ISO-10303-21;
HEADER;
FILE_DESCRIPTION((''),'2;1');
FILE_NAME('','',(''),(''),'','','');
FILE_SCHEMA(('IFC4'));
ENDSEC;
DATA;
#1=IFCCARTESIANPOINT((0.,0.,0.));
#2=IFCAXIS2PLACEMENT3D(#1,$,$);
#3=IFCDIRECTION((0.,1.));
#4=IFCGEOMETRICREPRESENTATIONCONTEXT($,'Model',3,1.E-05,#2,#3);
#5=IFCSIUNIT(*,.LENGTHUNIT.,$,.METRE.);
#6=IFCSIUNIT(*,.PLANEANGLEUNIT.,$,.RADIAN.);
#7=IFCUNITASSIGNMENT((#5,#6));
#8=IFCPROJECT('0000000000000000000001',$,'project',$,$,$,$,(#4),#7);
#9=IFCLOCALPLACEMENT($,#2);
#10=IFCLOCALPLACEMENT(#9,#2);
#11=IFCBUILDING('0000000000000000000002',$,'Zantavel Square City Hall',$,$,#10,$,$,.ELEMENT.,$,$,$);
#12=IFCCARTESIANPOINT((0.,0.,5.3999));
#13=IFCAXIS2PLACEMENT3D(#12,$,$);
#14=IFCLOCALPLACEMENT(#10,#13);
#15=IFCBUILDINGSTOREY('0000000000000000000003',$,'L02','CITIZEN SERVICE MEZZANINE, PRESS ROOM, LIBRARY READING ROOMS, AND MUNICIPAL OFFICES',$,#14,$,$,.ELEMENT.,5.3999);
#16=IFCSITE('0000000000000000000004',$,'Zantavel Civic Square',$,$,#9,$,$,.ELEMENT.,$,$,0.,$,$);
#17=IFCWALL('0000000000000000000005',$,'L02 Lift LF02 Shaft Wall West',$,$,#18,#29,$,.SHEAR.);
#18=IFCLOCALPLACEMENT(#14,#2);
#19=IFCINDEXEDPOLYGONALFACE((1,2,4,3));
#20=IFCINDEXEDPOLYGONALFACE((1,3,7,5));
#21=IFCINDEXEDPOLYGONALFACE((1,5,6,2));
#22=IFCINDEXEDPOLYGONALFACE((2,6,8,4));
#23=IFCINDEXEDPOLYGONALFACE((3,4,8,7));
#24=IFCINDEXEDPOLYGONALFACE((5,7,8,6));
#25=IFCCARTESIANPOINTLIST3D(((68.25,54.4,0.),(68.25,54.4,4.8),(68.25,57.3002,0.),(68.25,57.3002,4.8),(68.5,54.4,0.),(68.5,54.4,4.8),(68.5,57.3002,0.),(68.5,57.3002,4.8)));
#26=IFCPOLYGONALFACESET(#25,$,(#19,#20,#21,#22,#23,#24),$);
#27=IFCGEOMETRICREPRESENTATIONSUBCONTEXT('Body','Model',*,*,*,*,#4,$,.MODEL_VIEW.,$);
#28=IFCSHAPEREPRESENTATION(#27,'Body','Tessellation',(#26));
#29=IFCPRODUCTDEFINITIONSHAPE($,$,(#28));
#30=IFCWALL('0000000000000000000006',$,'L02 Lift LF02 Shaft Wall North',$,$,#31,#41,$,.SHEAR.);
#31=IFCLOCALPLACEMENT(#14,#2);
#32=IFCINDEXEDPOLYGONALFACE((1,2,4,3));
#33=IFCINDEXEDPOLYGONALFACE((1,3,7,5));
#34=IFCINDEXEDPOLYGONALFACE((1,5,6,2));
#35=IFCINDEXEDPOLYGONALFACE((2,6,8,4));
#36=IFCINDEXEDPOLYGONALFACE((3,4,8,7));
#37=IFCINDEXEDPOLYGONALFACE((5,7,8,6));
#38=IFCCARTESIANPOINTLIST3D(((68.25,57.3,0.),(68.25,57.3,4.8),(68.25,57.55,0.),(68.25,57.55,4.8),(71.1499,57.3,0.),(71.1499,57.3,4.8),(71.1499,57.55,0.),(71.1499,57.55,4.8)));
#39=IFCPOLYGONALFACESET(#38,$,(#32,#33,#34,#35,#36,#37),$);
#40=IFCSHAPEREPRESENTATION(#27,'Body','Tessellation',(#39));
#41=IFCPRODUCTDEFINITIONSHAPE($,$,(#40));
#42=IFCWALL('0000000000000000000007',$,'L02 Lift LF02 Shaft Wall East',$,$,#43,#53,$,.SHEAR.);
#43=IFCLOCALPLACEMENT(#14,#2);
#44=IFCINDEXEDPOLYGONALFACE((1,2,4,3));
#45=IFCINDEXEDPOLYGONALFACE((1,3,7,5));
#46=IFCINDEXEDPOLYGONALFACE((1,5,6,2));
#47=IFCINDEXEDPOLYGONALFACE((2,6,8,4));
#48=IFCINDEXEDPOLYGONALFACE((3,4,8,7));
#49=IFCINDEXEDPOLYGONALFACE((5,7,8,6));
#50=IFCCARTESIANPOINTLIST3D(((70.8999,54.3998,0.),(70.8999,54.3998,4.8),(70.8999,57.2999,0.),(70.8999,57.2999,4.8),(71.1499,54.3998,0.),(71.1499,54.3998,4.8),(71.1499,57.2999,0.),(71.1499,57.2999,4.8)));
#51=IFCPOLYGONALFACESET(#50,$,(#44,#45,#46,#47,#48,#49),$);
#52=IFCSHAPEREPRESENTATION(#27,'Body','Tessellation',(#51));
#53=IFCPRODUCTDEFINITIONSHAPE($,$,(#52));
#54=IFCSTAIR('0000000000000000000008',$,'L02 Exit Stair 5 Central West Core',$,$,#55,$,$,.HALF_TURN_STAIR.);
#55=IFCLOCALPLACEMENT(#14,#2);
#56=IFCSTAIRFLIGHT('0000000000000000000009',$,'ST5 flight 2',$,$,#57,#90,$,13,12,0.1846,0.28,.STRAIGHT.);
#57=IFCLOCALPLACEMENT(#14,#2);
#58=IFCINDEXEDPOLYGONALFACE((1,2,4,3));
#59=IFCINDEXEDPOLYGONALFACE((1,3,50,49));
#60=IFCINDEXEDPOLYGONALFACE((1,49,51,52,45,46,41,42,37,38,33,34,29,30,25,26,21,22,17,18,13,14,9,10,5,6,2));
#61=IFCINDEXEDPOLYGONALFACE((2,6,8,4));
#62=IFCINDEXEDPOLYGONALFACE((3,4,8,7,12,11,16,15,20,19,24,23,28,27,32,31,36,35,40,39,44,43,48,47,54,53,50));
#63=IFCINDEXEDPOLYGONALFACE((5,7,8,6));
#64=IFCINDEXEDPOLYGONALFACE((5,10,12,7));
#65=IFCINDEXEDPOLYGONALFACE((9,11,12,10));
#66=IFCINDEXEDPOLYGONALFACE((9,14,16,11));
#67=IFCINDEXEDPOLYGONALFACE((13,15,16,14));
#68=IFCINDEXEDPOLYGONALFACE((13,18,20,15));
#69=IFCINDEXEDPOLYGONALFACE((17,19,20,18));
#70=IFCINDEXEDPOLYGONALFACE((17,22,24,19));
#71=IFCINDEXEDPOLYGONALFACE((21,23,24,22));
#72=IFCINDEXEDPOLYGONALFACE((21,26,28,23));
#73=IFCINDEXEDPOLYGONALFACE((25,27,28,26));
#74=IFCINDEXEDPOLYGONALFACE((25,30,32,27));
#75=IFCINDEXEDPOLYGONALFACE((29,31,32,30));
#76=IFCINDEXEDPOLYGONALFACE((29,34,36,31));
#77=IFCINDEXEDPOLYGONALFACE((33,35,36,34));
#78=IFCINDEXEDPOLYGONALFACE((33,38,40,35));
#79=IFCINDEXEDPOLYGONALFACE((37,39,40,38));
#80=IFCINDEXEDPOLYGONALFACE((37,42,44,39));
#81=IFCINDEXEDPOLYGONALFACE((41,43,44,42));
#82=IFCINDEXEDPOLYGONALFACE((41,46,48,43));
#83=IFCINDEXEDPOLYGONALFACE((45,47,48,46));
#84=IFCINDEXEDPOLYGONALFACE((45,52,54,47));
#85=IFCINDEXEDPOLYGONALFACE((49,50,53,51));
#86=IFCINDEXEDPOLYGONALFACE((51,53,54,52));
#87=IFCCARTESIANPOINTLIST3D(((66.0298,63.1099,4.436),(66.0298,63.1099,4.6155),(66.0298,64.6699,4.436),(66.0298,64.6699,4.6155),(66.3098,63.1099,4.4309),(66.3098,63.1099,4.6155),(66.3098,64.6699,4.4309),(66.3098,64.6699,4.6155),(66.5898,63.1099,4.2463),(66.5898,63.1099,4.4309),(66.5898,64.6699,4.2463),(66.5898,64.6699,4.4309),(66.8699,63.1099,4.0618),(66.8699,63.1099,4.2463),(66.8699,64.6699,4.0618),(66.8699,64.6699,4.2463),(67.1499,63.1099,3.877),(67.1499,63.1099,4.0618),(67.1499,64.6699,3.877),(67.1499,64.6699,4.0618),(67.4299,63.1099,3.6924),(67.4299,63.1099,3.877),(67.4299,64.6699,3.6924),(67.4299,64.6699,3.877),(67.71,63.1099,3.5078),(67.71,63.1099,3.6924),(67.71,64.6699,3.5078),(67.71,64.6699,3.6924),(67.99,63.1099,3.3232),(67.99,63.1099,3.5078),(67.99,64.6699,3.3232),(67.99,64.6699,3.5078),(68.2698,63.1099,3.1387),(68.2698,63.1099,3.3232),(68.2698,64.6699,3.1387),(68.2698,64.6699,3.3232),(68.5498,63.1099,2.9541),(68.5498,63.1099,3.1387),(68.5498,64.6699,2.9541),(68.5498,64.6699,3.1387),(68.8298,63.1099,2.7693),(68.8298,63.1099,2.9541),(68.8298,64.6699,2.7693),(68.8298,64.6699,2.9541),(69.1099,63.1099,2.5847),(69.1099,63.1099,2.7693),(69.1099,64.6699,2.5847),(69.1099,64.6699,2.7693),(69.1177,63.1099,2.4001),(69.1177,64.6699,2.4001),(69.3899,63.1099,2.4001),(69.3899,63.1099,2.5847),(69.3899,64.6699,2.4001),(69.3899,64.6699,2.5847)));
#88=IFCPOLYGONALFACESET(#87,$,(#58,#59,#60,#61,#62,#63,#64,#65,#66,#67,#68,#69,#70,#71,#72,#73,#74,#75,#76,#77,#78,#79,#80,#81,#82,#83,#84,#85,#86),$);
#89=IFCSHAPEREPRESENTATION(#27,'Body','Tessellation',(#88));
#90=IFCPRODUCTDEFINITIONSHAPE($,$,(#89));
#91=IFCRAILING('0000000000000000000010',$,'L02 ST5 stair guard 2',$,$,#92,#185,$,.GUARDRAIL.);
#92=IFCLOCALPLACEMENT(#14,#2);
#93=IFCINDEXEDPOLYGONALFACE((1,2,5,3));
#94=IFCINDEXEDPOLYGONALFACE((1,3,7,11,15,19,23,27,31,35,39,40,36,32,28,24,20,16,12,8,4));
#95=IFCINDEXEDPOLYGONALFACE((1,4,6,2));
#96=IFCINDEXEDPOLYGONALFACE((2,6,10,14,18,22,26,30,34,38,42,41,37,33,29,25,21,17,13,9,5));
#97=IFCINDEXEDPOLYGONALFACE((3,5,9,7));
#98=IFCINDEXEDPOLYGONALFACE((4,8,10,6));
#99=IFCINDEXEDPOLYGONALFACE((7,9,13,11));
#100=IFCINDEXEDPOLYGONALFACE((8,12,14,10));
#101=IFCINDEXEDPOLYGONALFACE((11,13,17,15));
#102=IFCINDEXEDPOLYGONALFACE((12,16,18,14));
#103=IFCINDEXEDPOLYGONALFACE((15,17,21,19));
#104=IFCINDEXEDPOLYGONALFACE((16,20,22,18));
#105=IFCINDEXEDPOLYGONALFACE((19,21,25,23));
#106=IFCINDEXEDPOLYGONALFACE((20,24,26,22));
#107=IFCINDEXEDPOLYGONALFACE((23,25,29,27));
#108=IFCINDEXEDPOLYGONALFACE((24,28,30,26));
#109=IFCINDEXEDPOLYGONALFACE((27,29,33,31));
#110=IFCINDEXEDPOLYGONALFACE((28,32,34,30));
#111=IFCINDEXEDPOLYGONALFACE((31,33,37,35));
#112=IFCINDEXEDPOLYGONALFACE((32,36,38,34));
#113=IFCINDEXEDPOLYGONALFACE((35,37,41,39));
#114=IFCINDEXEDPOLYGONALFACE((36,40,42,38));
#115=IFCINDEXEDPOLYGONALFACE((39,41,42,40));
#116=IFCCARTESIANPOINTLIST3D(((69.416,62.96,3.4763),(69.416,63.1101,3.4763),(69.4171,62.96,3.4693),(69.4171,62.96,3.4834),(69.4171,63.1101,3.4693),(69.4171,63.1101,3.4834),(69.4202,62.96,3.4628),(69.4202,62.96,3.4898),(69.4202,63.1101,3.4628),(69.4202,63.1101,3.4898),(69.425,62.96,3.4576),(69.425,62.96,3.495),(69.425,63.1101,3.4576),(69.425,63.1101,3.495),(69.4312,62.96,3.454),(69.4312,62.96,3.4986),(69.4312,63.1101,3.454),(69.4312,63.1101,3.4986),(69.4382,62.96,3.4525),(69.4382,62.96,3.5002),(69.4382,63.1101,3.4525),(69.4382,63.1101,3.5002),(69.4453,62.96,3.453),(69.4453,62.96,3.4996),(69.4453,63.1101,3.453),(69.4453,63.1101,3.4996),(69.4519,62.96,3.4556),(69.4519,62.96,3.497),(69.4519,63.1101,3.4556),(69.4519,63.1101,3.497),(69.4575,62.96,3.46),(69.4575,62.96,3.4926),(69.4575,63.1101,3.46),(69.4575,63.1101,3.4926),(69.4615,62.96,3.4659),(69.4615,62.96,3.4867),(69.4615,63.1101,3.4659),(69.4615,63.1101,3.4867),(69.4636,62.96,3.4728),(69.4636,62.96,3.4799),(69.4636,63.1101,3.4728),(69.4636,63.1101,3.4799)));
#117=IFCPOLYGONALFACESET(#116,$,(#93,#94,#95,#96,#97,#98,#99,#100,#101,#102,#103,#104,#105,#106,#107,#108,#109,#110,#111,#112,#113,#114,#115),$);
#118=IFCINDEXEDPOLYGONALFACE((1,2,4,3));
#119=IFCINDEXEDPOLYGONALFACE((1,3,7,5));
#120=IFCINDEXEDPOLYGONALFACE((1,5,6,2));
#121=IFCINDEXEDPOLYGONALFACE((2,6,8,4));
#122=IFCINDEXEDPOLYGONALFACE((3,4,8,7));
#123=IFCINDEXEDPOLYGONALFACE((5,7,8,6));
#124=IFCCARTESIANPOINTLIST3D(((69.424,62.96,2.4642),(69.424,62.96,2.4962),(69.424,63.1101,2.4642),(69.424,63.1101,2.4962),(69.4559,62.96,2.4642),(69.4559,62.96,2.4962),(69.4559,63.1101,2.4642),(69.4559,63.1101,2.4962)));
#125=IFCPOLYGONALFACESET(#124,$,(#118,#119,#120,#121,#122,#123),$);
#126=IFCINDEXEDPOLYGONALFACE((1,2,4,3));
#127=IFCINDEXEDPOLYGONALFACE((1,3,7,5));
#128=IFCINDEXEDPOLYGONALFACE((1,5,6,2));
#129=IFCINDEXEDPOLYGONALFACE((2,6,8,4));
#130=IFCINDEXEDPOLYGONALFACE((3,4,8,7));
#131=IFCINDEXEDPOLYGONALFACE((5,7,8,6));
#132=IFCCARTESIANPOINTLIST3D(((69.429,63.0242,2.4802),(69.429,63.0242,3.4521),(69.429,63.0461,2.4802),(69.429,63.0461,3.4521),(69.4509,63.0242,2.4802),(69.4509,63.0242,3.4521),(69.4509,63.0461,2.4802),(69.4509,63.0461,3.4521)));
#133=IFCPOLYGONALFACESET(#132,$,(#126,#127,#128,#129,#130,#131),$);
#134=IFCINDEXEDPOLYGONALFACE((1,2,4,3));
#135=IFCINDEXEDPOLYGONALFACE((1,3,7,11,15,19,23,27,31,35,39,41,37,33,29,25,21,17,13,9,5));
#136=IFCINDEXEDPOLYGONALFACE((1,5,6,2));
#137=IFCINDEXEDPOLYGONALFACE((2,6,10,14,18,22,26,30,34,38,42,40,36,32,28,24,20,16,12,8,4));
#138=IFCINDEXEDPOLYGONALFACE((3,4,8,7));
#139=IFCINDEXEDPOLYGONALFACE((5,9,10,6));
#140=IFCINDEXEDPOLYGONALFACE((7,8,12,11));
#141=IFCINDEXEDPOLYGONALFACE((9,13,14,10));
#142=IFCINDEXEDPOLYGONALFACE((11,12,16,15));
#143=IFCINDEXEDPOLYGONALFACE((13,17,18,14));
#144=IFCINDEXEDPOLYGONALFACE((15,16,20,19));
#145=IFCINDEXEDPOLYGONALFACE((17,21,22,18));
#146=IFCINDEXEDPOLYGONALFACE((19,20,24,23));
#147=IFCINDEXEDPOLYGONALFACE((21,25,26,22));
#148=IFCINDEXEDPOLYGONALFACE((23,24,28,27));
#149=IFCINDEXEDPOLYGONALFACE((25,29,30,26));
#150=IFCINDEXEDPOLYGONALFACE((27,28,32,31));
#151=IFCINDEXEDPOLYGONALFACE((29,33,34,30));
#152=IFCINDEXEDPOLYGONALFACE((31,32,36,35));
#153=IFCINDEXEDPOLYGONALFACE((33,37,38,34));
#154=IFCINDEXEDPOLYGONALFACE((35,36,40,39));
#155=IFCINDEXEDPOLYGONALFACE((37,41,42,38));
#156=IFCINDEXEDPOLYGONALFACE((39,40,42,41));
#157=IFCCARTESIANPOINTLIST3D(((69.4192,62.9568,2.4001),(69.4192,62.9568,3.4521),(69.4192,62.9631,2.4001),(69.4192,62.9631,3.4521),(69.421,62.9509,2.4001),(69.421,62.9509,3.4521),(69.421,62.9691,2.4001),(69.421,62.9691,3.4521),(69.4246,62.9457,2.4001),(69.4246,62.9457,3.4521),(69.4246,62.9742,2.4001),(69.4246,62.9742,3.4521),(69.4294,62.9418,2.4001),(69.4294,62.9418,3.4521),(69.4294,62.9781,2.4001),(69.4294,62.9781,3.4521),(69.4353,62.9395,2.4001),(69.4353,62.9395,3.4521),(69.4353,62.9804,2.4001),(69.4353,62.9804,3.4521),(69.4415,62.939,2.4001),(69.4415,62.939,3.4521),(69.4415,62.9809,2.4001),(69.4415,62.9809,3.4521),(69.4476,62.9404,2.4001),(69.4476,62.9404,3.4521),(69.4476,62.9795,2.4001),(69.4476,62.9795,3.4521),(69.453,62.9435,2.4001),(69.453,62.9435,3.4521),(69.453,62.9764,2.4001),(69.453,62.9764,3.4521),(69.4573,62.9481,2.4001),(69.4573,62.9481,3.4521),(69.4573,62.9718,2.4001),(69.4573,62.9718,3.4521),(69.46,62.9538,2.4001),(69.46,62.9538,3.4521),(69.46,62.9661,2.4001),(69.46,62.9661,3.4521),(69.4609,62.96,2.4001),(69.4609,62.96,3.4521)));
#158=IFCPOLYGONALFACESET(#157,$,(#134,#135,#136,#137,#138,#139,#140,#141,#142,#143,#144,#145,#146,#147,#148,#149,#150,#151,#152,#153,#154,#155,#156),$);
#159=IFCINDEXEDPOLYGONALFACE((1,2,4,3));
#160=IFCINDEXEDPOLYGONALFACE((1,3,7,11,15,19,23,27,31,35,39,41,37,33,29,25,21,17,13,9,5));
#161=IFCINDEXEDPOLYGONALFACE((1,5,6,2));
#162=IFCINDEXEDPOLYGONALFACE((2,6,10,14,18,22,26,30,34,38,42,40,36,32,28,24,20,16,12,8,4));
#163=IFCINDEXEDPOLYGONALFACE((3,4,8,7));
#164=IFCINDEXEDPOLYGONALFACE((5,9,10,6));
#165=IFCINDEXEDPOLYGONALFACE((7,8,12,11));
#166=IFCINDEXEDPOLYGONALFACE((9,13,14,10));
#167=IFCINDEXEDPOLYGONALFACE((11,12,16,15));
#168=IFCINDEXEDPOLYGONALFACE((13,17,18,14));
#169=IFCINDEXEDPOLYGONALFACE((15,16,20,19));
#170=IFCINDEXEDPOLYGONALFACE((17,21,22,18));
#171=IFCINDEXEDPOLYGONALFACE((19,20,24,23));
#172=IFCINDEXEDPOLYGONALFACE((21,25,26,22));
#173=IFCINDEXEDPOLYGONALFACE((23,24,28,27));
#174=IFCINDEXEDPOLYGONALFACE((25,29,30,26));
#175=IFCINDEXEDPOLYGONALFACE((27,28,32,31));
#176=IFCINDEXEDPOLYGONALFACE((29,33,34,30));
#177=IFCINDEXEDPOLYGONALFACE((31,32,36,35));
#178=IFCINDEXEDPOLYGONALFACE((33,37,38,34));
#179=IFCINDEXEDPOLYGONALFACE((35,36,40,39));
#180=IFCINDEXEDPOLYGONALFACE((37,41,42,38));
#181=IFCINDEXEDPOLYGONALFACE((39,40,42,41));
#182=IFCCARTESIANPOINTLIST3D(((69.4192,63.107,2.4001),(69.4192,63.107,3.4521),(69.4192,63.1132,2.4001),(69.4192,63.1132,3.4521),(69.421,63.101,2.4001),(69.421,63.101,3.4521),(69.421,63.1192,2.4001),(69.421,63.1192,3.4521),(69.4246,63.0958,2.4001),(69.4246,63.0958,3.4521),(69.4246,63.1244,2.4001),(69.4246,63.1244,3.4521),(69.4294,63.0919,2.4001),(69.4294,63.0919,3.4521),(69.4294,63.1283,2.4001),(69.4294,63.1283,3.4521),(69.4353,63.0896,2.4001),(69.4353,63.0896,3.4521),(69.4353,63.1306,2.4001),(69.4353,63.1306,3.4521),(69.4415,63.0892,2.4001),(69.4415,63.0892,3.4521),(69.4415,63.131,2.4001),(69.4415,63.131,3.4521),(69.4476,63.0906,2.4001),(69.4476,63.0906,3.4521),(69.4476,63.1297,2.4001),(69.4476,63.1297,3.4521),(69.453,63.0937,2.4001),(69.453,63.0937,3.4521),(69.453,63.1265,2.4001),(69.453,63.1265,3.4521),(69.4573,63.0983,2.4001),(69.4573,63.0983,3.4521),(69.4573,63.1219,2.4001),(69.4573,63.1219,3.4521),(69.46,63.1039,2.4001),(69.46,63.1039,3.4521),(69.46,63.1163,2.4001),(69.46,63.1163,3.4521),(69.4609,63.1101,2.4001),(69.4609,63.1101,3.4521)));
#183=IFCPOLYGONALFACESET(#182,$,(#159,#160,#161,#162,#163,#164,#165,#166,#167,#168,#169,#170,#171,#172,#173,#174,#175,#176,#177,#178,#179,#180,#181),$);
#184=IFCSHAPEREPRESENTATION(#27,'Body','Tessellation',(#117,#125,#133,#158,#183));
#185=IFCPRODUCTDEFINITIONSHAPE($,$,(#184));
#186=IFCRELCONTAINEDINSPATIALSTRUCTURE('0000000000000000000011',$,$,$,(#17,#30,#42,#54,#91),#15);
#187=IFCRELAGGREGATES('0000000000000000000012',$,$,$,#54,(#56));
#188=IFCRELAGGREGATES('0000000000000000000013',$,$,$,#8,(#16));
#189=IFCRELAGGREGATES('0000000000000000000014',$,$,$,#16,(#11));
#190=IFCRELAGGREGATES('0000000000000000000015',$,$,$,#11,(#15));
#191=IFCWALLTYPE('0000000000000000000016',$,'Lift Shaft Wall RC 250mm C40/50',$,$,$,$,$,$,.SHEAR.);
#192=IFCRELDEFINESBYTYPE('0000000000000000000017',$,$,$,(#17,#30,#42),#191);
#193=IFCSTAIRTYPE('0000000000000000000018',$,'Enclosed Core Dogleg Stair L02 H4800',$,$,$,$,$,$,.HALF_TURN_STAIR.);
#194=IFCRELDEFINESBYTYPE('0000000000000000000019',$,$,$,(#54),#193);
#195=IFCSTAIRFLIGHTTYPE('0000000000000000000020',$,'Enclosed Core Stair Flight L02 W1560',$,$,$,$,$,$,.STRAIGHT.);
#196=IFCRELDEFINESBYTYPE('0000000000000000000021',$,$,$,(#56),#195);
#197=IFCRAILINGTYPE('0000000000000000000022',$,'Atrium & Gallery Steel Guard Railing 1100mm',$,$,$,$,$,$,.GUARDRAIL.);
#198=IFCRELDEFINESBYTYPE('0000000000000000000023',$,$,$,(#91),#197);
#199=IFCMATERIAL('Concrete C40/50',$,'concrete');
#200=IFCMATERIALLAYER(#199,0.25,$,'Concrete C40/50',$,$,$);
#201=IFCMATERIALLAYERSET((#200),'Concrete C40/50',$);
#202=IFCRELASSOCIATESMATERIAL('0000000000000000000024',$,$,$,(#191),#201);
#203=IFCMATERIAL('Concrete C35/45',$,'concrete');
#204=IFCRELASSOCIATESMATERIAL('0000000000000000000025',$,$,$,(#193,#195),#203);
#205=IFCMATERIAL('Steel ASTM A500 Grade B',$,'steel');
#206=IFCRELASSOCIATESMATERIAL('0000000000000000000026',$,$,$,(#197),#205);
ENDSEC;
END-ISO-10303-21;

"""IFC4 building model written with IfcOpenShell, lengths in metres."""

from ifc_helpers import new_model, si_unit, direction, frame, frame_2d, origin, origin_2d, place, context, subcontext, project, spatial, polyline, rectangle, circle, outline, extrude, material, layer, layer_set, type_object, element, aggregate, save


model = new_model("IFC4")

# Units and contexts
model_context = context("Model", 3, precision=1e-05, world=origin(), true_north=direction((0.0, 1.0)))
body_context = subcontext(model_context, "Body", "Model", "MODEL_VIEW")
ifc_project = project(units=[si_unit("LENGTHUNIT", "METRE"), si_unit("PLANEANGLEUNIT", "RADIAN")], contexts=[model_context])

# Site, building, storey
site_placement = place(None, origin())
site = spatial("IfcSite", under=ifc_project, at=site_placement, Name="Zantavel Civic Square", CompositionType="ELEMENT", RefElevation=0.0)
building_placement = place(site_placement, origin())
building = spatial("IfcBuilding", under=site, at=building_placement, Name="Zantavel Square City Hall", CompositionType="ELEMENT")
storey_placement = place(building_placement, frame((0.0, 0.0, 5.3999)))
storey = spatial("IfcBuildingStorey", under=building, at=storey_placement, Name="L02", Description="CITIZEN SERVICE MEZZANINE, PRESS ROOM, LIBRARY READING ROOMS, AND MUNICIPAL OFFICES", CompositionType="ELEMENT", Elevation=5.3999)

# Shared definitions
ifc_material_1 = material(Name="Concrete C40/50", Category="concrete")

# Shared definitions
ifc_material_2 = material(Name="Concrete C35/45", Category="concrete")

# Shared definitions
ifc_material_3 = material(Name="Steel ASTM A500 Grade B", Category="steel")

# Shared definitions
ifc_layer_1 = layer(ifc_material_1, 0.25, Name="Concrete C40/50")
ifc_layer_set_1 = layer_set([ifc_layer_1], Name="Concrete C40/50")
wall_type_1 = type_object("IfcWallType", Name="Lift Shaft Wall RC 250mm C40/50", PredefinedType="SHEAR", material=ifc_layer_set_1)

# Walls
wall_1_placement = place(storey_placement, frame((68.375, 54.3999, 0.0), z_axis=(0.0, 0.0, 1.0), x_axis=(0.0, 1.0, 0.0)))
element("IfcWall", 1, at=wall_1_placement, inside=storey, type_object=wall_type_1, Name="L02 Lift LF02 Shaft Wall West", PredefinedType="SHEAR", context=body_context, shape_type="SweptSolid", body=[
    extrude(rectangle(XDim=2.9001, YDim=0.25, at=frame_2d((1.4502, 0.0))), origin(), (0.0, 0.0, 1.0), 4.8),
])
wall_2_placement = place(storey_placement, frame((68.25, 57.425, 0.0), z_axis=(0.0, 0.0, 1.0), x_axis=(1.0, 0.0, 0.0)))
element("IfcWall", 2, at=wall_2_placement, inside=storey, type_object=wall_type_1, Name="L02 Lift LF02 Shaft Wall North", PredefinedType="SHEAR", context=body_context, shape_type="SweptSolid", body=[
    extrude(rectangle(XDim=2.8999, YDim=0.25, at=frame_2d((1.45, 0.0))), origin(), (0.0, 0.0, 1.0), 4.8),
])
wall_3_placement = place(storey_placement, frame((71.0249, 57.3, 0.0), z_axis=(0.0, 0.0, 1.0), x_axis=(0.0, -1.0, 0.0)))
element("IfcWall", 3, at=wall_3_placement, inside=storey, type_object=wall_type_1, Name="L02 Lift LF02 Shaft Wall East", PredefinedType="SHEAR", context=body_context, shape_type="SweptSolid", body=[
    extrude(rectangle(XDim=2.9001, YDim=0.25, at=frame_2d((1.4502, 0.0))), origin(), (0.0, 0.0, 1.0), 4.8),
])

# Stair, stair flight
stair_type = type_object("IfcStairType", Name="Enclosed Core Dogleg Stair L02 H4800", PredefinedType="HALF_TURN_STAIR", material=ifc_material_2)
stair_placement = place(storey_placement, origin())
stair = element("IfcStair", 4, at=stair_placement, inside=storey, type_object=stair_type, Name="L02 Exit Stair 5 Central West Core", PredefinedType="HALF_TURN_STAIR")
stair_flight_type = type_object("IfcStairFlightType", Name="Enclosed Core Stair Flight L02 W1560", PredefinedType="STRAIGHT", material=ifc_material_2)
stair_flight_placement = place(storey_placement, frame((69.3899, 63.8899, 2.4001), z_axis=(0.0, 0.0, 1.0), x_axis=(-1.0, 0.0, 0.0)))
stair_flight = element("IfcStairFlight", 5, at=stair_flight_placement, type_object=stair_flight_type, Name="ST5 flight 2", NumberOfRisers=13, NumberOfTreads=12, PredefinedType="STRAIGHT", RiserHeight=0.1846, TreadLength=0.28, context=body_context, shape_type="SweptSolid", body=[
    extrude(outline(polyline([(0.0, 0.0), (0.0, 0.1846), (0.28, 0.1846), (0.28, 0.3691), (0.5601, 0.3691), (0.5601, 0.554), (0.8401, 0.554), (0.8401, 0.7385), (1.1201, 0.7385), (1.1201, 0.9231), (1.3999, 0.9231), (1.3999, 1.1077), (1.6799, 1.1077), (1.6799, 1.2922), (1.96, 1.2922), (1.96, 1.4768), (2.24, 1.4768), (2.24, 1.6616), (2.52, 1.6616), (2.52, 1.8462), (2.8, 1.8462), (2.8, 2.0308), (3.0801, 2.0308), (3.0801, 2.2153), (3.3601, 2.2153), (3.3601, 2.3999), (3.3601, 2.0359), (0.2722, 0.0), (0.0, 0.0)])), frame((0.0, 0.78, 0.0), z_axis=(0.0, -1.0, 0.0), x_axis=(1.0, 0.0, 0.0)), (0.0, 0.0, 1.0), 1.5601),
])
aggregate(stair, [stair_flight])

# Railing
railing_type_1 = type_object("IfcRailingType", Name="Atrium & Gallery Steel Guard Railing 1100mm", PredefinedType="GUARDRAIL", material=ifc_material_3)
railing_1_placement = place(storey_placement, frame((69.4399, 62.96, 2.4001)))
element("IfcRailing", 6, at=railing_1_placement, inside=storey, type_object=railing_type_1, Name="L02 ST5 stair guard 2", PredefinedType="GUARDRAIL", context=body_context, shape_type="SweptSolid", body=[
    extrude(circle(Radius=0.0239, at=origin_2d()), frame((0.0, 0.0, 1.0762), z_axis=(0.0, 1.0, 0.0), x_axis=(-1.0, 0.0, 0.0)), (0.0, 0.0, 1.0), 0.1501),
    extrude(rectangle(XDim=0.032, YDim=0.032, at=origin_2d()), frame((0.0, 0.0, 0.0801), z_axis=(0.0, 1.0, 0.0), x_axis=(-1.0, 0.0, 0.0)), (0.0, 0.0, 1.0), 0.1501),
    extrude(rectangle(XDim=0.022, YDim=0.022, at=origin_2d()), frame((0.0, 0.0752, 0.0801)), (0.0, 0.0, 1.0), 0.9719),
    extrude(circle(Radius=0.021, at=origin_2d()), origin(), (0.0, 0.0, 1.0), 1.052),
    extrude(circle(Radius=0.021, at=origin_2d()), frame((0.0, 0.1501, 0.0)), (0.0, 0.0, 1.0), 1.052),
])

save(model, "model.ifc")
